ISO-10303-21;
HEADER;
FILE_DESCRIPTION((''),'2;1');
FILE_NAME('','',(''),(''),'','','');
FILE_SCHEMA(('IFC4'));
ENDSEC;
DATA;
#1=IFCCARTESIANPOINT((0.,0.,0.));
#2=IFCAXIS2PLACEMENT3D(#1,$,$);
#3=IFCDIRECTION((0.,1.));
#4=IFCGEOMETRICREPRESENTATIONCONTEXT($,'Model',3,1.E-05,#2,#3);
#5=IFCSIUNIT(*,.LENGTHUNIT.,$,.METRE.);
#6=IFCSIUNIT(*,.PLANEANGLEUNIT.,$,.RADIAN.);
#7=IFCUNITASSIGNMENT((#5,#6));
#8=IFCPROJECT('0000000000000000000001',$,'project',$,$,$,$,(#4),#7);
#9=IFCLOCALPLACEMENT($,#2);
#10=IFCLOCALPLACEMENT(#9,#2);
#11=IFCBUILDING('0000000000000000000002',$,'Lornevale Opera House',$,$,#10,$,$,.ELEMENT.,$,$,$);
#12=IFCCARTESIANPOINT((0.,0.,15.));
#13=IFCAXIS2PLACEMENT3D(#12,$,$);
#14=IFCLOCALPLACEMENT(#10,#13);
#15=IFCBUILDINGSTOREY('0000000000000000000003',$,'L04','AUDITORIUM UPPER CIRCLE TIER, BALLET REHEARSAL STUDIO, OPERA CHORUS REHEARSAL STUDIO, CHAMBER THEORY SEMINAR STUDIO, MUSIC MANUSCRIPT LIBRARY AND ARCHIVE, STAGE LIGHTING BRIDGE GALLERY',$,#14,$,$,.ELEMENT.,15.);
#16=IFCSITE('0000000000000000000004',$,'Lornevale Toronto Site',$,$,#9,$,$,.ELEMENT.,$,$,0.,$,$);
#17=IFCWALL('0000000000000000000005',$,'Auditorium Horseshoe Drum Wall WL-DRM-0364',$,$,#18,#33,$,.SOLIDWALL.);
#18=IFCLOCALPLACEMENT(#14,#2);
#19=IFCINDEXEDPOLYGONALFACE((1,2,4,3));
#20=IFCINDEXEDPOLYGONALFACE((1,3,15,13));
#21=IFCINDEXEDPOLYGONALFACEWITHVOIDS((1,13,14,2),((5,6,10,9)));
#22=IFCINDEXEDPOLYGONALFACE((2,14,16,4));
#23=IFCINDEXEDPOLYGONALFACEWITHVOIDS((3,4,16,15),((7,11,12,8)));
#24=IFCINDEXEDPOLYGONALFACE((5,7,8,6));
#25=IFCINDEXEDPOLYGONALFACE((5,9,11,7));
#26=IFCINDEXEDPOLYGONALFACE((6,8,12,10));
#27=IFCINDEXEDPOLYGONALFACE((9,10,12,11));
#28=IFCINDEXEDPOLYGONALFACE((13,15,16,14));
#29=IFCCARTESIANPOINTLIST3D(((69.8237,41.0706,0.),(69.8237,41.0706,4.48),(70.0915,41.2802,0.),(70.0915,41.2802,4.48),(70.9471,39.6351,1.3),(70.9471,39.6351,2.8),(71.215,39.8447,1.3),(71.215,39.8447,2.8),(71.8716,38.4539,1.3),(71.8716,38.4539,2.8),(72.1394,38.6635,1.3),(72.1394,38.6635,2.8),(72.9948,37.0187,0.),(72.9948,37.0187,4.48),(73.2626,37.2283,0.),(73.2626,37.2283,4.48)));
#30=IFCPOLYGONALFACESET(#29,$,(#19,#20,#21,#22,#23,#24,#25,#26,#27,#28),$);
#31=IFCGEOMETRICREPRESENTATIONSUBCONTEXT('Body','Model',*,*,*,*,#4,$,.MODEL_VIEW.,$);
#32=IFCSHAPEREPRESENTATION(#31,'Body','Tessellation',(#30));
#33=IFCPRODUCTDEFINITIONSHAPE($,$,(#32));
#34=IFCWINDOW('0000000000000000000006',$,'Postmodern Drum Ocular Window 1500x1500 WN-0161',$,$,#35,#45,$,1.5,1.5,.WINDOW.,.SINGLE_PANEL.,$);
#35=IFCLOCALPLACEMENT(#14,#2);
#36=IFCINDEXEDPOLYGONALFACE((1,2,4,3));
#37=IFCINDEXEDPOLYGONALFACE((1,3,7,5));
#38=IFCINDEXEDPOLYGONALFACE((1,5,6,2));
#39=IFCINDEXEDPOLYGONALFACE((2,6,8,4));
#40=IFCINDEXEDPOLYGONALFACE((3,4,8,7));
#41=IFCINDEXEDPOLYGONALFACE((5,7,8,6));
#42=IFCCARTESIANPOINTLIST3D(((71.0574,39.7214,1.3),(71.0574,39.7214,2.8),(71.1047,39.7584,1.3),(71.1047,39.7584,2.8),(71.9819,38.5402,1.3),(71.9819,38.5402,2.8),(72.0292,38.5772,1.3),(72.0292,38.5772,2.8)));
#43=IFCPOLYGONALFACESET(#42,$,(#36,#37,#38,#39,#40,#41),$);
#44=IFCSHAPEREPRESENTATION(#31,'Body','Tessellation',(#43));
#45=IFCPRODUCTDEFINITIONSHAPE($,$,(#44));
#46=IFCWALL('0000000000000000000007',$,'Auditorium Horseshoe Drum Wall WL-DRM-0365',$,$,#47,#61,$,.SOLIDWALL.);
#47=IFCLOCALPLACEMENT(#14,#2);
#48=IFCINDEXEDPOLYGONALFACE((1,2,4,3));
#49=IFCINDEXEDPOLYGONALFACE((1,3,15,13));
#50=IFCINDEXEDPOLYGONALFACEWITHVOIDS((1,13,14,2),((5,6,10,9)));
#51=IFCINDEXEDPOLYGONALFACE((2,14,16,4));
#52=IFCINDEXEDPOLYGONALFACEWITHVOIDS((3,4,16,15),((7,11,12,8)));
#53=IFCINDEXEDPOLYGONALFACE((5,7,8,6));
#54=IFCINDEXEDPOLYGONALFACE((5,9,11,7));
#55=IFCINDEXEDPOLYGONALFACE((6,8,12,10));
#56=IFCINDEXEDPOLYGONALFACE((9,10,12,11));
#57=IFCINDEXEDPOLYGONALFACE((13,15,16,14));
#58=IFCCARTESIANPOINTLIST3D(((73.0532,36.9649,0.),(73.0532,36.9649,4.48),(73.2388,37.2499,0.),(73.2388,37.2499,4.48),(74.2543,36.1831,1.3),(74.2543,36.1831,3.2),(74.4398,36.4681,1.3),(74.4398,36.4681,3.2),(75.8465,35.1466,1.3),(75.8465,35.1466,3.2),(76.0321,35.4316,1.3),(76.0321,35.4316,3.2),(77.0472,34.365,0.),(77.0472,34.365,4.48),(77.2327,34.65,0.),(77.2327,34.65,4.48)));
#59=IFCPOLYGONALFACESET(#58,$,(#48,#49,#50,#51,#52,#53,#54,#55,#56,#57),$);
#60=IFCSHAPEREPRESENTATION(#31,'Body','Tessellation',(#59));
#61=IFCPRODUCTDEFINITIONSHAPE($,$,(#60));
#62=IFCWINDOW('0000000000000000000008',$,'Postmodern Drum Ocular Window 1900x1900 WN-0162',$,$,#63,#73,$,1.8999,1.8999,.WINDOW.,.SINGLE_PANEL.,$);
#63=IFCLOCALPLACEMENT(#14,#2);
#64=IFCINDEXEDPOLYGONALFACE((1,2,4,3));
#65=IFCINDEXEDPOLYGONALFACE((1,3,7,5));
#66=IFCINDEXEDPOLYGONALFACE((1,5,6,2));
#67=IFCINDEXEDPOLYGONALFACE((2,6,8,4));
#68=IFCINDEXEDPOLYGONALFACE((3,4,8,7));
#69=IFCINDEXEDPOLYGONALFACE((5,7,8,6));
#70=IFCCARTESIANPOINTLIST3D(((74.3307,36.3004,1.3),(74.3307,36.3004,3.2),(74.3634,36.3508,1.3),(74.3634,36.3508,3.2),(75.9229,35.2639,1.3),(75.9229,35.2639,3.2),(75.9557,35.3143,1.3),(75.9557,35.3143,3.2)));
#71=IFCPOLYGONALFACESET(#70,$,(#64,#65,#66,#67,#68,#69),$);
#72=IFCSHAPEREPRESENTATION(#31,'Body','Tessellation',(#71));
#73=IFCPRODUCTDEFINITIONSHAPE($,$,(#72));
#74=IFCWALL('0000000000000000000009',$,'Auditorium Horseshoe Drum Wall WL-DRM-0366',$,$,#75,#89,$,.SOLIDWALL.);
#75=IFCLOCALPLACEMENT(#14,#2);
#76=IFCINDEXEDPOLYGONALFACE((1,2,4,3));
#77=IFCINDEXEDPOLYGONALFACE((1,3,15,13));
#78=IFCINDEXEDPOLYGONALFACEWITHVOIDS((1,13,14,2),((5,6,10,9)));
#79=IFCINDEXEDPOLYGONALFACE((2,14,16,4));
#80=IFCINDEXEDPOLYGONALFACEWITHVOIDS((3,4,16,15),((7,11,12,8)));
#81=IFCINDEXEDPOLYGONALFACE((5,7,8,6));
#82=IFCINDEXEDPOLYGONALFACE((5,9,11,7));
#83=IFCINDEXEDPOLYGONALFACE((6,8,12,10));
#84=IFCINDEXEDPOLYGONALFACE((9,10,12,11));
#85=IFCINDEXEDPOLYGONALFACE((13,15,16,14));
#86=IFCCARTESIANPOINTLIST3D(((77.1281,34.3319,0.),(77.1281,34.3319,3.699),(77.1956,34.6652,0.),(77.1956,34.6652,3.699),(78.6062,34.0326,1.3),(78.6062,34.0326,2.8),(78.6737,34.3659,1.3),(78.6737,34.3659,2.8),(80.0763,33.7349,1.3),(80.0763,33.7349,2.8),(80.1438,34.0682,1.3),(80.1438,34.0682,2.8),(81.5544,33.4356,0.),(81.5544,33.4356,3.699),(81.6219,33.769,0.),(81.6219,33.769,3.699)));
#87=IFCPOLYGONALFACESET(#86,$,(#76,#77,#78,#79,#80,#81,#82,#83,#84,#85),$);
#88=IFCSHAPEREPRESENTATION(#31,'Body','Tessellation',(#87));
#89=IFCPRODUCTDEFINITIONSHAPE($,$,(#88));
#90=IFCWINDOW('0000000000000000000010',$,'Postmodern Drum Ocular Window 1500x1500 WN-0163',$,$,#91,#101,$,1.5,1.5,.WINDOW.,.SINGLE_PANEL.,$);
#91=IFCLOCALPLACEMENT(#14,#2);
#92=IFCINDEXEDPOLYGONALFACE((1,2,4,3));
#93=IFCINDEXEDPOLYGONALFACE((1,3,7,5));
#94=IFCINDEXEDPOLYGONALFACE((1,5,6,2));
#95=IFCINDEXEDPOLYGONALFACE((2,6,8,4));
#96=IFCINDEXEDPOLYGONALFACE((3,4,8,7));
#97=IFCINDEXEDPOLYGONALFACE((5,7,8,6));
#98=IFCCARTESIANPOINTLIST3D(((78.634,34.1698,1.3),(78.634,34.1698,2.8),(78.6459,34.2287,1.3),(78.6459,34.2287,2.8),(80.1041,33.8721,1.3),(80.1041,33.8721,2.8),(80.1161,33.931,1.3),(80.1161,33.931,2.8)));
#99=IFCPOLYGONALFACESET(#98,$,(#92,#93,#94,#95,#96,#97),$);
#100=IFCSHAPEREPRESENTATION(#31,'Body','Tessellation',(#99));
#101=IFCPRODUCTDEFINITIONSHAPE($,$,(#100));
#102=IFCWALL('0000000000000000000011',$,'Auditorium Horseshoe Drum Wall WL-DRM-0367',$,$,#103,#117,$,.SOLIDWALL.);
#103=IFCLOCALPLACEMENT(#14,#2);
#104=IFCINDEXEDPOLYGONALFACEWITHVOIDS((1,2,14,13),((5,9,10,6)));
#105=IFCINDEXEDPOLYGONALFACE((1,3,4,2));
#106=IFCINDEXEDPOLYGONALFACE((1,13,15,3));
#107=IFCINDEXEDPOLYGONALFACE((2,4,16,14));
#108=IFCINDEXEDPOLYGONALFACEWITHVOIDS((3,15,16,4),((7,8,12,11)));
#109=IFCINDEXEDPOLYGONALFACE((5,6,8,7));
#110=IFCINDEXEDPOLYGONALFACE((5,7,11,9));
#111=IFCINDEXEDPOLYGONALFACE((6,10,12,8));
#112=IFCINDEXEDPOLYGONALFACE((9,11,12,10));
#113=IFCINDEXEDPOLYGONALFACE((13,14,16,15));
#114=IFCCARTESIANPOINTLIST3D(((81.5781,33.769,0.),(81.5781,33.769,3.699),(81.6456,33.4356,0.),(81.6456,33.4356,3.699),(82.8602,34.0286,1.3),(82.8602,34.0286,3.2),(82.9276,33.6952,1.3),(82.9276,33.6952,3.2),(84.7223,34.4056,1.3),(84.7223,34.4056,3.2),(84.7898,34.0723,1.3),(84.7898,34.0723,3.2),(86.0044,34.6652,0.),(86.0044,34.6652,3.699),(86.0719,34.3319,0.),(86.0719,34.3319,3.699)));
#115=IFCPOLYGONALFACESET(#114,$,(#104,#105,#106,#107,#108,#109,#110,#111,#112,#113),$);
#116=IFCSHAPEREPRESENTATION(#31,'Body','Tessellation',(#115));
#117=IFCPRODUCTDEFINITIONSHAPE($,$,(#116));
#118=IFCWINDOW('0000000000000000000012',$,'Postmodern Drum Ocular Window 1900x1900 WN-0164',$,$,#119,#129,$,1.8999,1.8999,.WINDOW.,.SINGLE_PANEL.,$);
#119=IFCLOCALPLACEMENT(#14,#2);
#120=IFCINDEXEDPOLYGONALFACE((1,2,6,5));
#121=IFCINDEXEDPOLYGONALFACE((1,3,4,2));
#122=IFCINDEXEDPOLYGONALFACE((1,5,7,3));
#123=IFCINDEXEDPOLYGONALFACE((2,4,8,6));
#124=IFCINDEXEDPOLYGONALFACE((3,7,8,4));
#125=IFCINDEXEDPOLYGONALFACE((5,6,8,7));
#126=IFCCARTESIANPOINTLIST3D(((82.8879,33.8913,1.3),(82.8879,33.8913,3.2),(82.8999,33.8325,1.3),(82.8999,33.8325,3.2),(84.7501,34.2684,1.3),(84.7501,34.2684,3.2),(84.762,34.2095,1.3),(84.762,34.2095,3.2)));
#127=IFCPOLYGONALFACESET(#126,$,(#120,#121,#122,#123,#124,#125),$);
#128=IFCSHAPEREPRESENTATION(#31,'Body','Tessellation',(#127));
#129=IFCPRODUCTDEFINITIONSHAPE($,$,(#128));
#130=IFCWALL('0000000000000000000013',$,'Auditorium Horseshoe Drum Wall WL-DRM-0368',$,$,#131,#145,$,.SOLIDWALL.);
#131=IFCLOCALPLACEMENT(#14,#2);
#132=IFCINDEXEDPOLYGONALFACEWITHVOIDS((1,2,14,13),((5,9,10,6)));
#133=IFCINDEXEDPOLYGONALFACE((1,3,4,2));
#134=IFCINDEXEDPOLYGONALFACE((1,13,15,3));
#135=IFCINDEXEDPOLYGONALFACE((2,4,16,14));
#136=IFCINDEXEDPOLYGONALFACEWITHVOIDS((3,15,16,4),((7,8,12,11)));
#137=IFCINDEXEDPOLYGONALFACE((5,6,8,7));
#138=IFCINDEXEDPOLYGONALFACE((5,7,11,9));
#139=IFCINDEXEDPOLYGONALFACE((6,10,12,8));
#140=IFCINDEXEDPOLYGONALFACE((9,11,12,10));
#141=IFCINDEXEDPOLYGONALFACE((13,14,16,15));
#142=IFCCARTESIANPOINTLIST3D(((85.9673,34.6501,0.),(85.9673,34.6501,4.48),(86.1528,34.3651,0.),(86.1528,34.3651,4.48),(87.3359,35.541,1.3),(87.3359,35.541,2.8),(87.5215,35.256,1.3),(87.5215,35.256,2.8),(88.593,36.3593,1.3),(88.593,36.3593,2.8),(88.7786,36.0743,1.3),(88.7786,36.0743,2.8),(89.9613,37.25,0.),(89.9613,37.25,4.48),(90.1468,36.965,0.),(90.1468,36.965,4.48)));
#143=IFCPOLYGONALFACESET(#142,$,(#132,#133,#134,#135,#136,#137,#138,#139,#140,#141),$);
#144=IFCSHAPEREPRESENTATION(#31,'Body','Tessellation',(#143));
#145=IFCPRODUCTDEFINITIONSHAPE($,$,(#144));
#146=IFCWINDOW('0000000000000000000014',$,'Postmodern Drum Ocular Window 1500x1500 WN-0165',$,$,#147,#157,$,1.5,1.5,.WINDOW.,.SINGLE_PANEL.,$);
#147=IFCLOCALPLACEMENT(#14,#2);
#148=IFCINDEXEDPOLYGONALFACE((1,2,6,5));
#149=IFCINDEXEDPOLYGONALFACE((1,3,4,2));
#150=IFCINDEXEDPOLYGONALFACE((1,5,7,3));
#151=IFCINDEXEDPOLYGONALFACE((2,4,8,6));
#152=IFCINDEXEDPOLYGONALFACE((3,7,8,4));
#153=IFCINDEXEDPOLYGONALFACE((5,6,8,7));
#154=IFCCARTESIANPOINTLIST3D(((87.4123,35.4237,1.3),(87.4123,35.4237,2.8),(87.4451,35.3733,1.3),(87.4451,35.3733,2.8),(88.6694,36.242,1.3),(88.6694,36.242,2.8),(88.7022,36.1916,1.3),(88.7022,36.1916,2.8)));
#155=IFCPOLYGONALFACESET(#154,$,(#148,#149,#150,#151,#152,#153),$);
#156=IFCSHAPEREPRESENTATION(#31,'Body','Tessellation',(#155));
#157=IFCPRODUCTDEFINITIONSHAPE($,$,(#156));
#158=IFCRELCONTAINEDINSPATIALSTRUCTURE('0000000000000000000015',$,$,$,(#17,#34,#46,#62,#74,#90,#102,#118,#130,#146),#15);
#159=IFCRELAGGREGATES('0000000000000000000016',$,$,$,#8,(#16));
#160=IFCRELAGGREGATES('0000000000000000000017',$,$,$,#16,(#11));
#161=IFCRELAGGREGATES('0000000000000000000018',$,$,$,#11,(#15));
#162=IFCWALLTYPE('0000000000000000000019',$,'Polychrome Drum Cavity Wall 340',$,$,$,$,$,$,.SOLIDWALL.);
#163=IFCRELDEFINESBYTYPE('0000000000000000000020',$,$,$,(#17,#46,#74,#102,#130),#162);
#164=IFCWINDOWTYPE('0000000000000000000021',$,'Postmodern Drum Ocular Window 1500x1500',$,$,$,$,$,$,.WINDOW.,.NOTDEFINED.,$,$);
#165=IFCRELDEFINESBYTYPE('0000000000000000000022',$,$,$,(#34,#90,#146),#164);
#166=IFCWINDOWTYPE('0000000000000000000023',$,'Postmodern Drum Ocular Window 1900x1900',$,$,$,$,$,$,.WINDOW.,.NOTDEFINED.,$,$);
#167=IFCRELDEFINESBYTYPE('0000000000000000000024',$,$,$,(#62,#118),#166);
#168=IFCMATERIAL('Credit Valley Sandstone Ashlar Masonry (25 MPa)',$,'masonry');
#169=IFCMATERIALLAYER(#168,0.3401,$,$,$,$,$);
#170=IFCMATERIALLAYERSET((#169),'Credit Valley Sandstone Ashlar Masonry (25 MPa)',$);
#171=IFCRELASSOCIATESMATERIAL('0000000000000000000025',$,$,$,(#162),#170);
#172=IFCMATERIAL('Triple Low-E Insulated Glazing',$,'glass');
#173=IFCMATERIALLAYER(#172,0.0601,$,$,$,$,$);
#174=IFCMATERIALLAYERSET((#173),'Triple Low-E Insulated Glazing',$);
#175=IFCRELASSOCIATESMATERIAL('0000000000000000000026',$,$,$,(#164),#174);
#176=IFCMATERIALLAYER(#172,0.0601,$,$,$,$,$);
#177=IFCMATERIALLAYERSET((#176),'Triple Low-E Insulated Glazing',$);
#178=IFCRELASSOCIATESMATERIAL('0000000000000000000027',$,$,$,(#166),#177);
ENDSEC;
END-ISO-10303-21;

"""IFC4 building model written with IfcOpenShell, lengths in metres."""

from ifc_helpers import new_model, si_unit, direction, frame, frame_2d, origin, place, context, subcontext, project, spatial, rectangle, extrude, material, layer, layer_set, type_object, element, fill, save


model = new_model("IFC4")

# Units and contexts
model_context = context("Model", 3, precision=1e-05, world=origin(), true_north=direction((0.0, 1.0)))
body_context = subcontext(model_context, "Body", "Model", "MODEL_VIEW")
ifc_project = project(units=[si_unit("LENGTHUNIT", "METRE"), si_unit("PLANEANGLEUNIT", "RADIAN")], contexts=[model_context])

# Site, building, storey
site_placement = place(None, origin())
site = spatial("IfcSite", under=ifc_project, at=site_placement, Name="Lornevale Toronto Site", CompositionType="ELEMENT", RefElevation=0.0)
building_placement = place(site_placement, origin())
building = spatial("IfcBuilding", under=site, at=building_placement, Name="Lornevale Opera House", CompositionType="ELEMENT")
storey_placement = place(building_placement, frame((0.0, 0.0, 15.0)))
storey = spatial("IfcBuildingStorey", under=building, at=storey_placement, Name="L04", Description="AUDITORIUM UPPER CIRCLE TIER, BALLET REHEARSAL STUDIO, OPERA CHORUS REHEARSAL STUDIO, CHAMBER THEORY SEMINAR STUDIO, MUSIC MANUSCRIPT LIBRARY AND ARCHIVE, STAGE LIGHTING BRIDGE GALLERY", CompositionType="ELEMENT", Elevation=15.0)

# Shared definitions
ifc_material_1 = material(Name="Credit Valley Sandstone Ashlar Masonry (25 MPa)", Category="masonry")
ifc_layer_1 = layer(ifc_material_1, 0.3401)
ifc_layer_set_1 = layer_set([ifc_layer_1], Name="Credit Valley Sandstone Ashlar Masonry (25 MPa)")
wall_type_1 = type_object("IfcWallType", Name="Polychrome Drum Cavity Wall 340", PredefinedType="SOLIDWALL", material=ifc_layer_set_1)

# Walls, openings, windows
wall_1_placement = place(storey_placement, frame((69.9575, 41.1755, 0.0), z_axis=(0.0, 0.0, 1.0), x_axis=(0.61631, -0.787504, 0.0)))
wall_1 = element("IfcWall", 1, at=wall_1_placement, inside=storey, type_object=wall_type_1, Name="Auditorium Horseshoe Drum Wall WL-DRM-0364", PredefinedType="SOLIDWALL", context=body_context, shape_type="SweptSolid", body=[
    extrude(rectangle(XDim=5.1453, YDim=0.3401, at=frame_2d((2.5728, 0.0))), origin(), (0.0, 0.0, 1.0), 4.48),
])
opening_1_placement = place(wall_1_placement, frame((1.823, 0.0, 1.3)))
opening_1 = element("IfcOpeningElement", 2, at=opening_1_placement, cuts=wall_1, PredefinedType="OPENING", context=body_context, shape_type="SweptSolid", body=[
    extrude(rectangle(XDim=1.5, YDim=1.5, at=frame_2d((0.75, 0.75))), frame((0.0, 0.1799, 0.0), z_axis=(0.0, -1.0, 0.0), x_axis=(1.0, 0.0, 0.0)), (0.0, 0.0, 1.0), 0.3601),
])
ifc_material_2 = material(Name="Triple Low-E Insulated Glazing", Category="glass")
ifc_layer_2 = layer(ifc_material_2, 0.0601)
ifc_layer_set_2 = layer_set([ifc_layer_2], Name="Triple Low-E Insulated Glazing")
window_type_1 = type_object("IfcWindowType", Name="Postmodern Drum Ocular Window 1500x1500", PartitioningType="NOTDEFINED", PredefinedType="WINDOW", material=ifc_layer_set_2)
window_1_placement = place(opening_1_placement, origin())
window_1 = element("IfcWindow", 3, at=window_1_placement, inside=storey, type_object=window_type_1, Name="Postmodern Drum Ocular Window 1500x1500 WN-0161", OverallHeight=1.5, OverallWidth=1.5, PartitioningType="SINGLE_PANEL", PredefinedType="WINDOW", context=body_context, shape_type="SweptSolid", body=[
    extrude(rectangle(XDim=1.5, YDim=1.5, at=frame_2d((0.75, 0.75))), frame((0.0, 0.03, 0.0), z_axis=(0.0, -1.0, 0.0), x_axis=(1.0, 0.0, 0.0)), (0.0, 0.0, 1.0), 0.0601),
])
fill(opening_1, window_1)
wall_2_placement = place(storey_placement, frame((73.146, 37.1074, 0.0), z_axis=(0.0, 0.0, 1.0), x_axis=(0.838077, -0.545552, 0.0)))
wall_2 = element("IfcWall", 4, at=wall_2_placement, inside=storey, type_object=wall_type_1, Name="Auditorium Horseshoe Drum Wall WL-DRM-0365", PredefinedType="SOLIDWALL", context=body_context, shape_type="SweptSolid", body=[
    extrude(rectangle(XDim=4.7656, YDim=0.3401, at=frame_2d((2.3828, 0.0))), origin(), (0.0, 0.0, 1.0), 4.48),
])
opening_2_placement = place(wall_2_placement, frame((1.4331, 0.0, 1.3)))
opening_2 = element("IfcOpeningElement", 5, at=opening_2_placement, cuts=wall_2, PredefinedType="OPENING", context=body_context, shape_type="SweptSolid", body=[
    extrude(rectangle(XDim=1.8999, YDim=1.8999, at=frame_2d((0.95, 0.95))), frame((0.0, 0.1799, 0.0), z_axis=(0.0, -1.0, 0.0), x_axis=(1.0, 0.0, 0.0)), (0.0, 0.0, 1.0), 0.3601),
])
ifc_layer_3 = layer(ifc_material_2, 0.0601)
ifc_layer_set_3 = layer_set([ifc_layer_3], Name="Triple Low-E Insulated Glazing")
window_type_2 = type_object("IfcWindowType", Name="Postmodern Drum Ocular Window 1900x1900", PartitioningType="NOTDEFINED", PredefinedType="WINDOW", material=ifc_layer_set_3)
window_2_placement = place(opening_2_placement, origin())
window_2 = element("IfcWindow", 6, at=window_2_placement, inside=storey, type_object=window_type_2, Name="Postmodern Drum Ocular Window 1900x1900 WN-0162", OverallHeight=1.8999, OverallWidth=1.8999, PartitioningType="SINGLE_PANEL", PredefinedType="WINDOW", context=body_context, shape_type="SweptSolid", body=[
    extrude(rectangle(XDim=1.8999, YDim=1.8999, at=frame_2d((0.95, 0.95))), frame((0.0, 0.03, 0.0), z_axis=(0.0, -1.0, 0.0), x_axis=(1.0, 0.0, 0.0)), (0.0, 0.0, 1.0), 0.0601),
])
fill(opening_2, window_2)
wall_3_placement = place(storey_placement, frame((77.1619, 34.4985, 0.0), z_axis=(0.0, 0.0, 1.0), x_axis=(0.98011, -0.198455, 0.0)))
wall_3 = element("IfcWall", 7, at=wall_3_placement, inside=storey, type_object=wall_type_1, Name="Auditorium Horseshoe Drum Wall WL-DRM-0366", PredefinedType="SOLIDWALL", context=body_context, shape_type="SweptSolid", body=[
    extrude(rectangle(XDim=4.5161, YDim=0.3401, at=frame_2d((2.2581, 0.0))), origin(), (0.0, 0.0, 1.0), 3.699),
])
opening_3_placement = place(wall_3_placement, frame((1.5081, 0.0, 1.3)))
opening_3 = element("IfcOpeningElement", 8, at=opening_3_placement, cuts=wall_3, PredefinedType="OPENING", context=body_context, shape_type="SweptSolid", body=[
    extrude(rectangle(XDim=1.5, YDim=1.5, at=frame_2d((0.75, 0.75))), frame((0.0, 0.1799, 0.0), z_axis=(0.0, -1.0, 0.0), x_axis=(1.0, 0.0, 0.0)), (0.0, 0.0, 1.0), 0.3601),
])
window_3_placement = place(opening_3_placement, origin())
window_3 = element("IfcWindow", 9, at=window_3_placement, inside=storey, type_object=window_type_1, Name="Postmodern Drum Ocular Window 1500x1500 WN-0163", OverallHeight=1.5, OverallWidth=1.5, PartitioningType="SINGLE_PANEL", PredefinedType="WINDOW", context=body_context, shape_type="SweptSolid", body=[
    extrude(rectangle(XDim=1.5, YDim=1.5, at=frame_2d((0.75, 0.75))), frame((0.0, 0.03, 0.0), z_axis=(0.0, -1.0, 0.0), x_axis=(1.0, 0.0, 0.0)), (0.0, 0.0, 1.0), 0.0601),
])
fill(opening_3, window_3)
wall_4_placement = place(storey_placement, frame((81.6118, 33.6023, 0.0), z_axis=(0.0, 0.0, 1.0), x_axis=(0.98011, 0.198455, 0.0)))
wall_4 = element("IfcWall", 10, at=wall_4_placement, inside=storey, type_object=wall_type_1, Name="Auditorium Horseshoe Drum Wall WL-DRM-0367", PredefinedType="SOLIDWALL", context=body_context, shape_type="SweptSolid", body=[
    extrude(rectangle(XDim=4.5161, YDim=0.3401, at=frame_2d((2.2581, 0.0))), origin(), (0.0, 0.0, 1.0), 3.699),
])
opening_4_placement = place(wall_4_placement, frame((1.3081, 0.0, 1.3)))
opening_4 = element("IfcOpeningElement", 11, at=opening_4_placement, cuts=wall_4, PredefinedType="OPENING", context=body_context, shape_type="SweptSolid", body=[
    extrude(rectangle(XDim=1.8999, YDim=1.8999, at=frame_2d((0.95, 0.95))), frame((0.0, 0.1799, 0.0), z_axis=(0.0, -1.0, 0.0), x_axis=(1.0, 0.0, 0.0)), (0.0, 0.0, 1.0), 0.3601),
])
window_4_placement = place(opening_4_placement, origin())
window_4 = element("IfcWindow", 12, at=window_4_placement, inside=storey, type_object=window_type_2, Name="Postmodern Drum Ocular Window 1900x1900 WN-0164", OverallHeight=1.8999, OverallWidth=1.8999, PartitioningType="SINGLE_PANEL", PredefinedType="WINDOW", context=body_context, shape_type="SweptSolid", body=[
    extrude(rectangle(XDim=1.8999, YDim=1.8999, at=frame_2d((0.95, 0.95))), frame((0.0, 0.03, 0.0), z_axis=(0.0, -1.0, 0.0), x_axis=(1.0, 0.0, 0.0)), (0.0, 0.0, 1.0), 0.0601),
])
fill(opening_4, window_4)
wall_5_placement = place(storey_placement, frame((86.0601, 34.5076, 0.0), z_axis=(0.0, 0.0, 1.0), x_axis=(0.838077, 0.545552, 0.0)))
wall_5 = element("IfcWall", 13, at=wall_5_placement, inside=storey, type_object=wall_type_1, Name="Auditorium Horseshoe Drum Wall WL-DRM-0368", PredefinedType="SOLIDWALL", context=body_context, shape_type="SweptSolid", body=[
    extrude(rectangle(XDim=4.7656, YDim=0.3401, at=frame_2d((2.3828, 0.0))), origin(), (0.0, 0.0, 1.0), 4.48),
])
opening_5_placement = place(wall_5_placement, frame((1.6331, 0.0, 1.3)))
opening_5 = element("IfcOpeningElement", 14, at=opening_5_placement, cuts=wall_5, PredefinedType="OPENING", context=body_context, shape_type="SweptSolid", body=[
    extrude(rectangle(XDim=1.5, YDim=1.5, at=frame_2d((0.75, 0.75))), frame((0.0, 0.1799, 0.0), z_axis=(0.0, -1.0, 0.0), x_axis=(1.0, 0.0, 0.0)), (0.0, 0.0, 1.0), 0.3601),
])
window_5_placement = place(opening_5_placement, origin())
window_5 = element("IfcWindow", 15, at=window_5_placement, inside=storey, type_object=window_type_1, Name="Postmodern Drum Ocular Window 1500x1500 WN-0165", OverallHeight=1.5, OverallWidth=1.5, PartitioningType="SINGLE_PANEL", PredefinedType="WINDOW", context=body_context, shape_type="SweptSolid", body=[
    extrude(rectangle(XDim=1.5, YDim=1.5, at=frame_2d((0.75, 0.75))), frame((0.0, 0.03, 0.0), z_axis=(0.0, -1.0, 0.0), x_axis=(1.0, 0.0, 0.0)), (0.0, 0.0, 1.0), 0.0601),
])
fill(opening_5, window_5)

save(model, "model.ifc")
